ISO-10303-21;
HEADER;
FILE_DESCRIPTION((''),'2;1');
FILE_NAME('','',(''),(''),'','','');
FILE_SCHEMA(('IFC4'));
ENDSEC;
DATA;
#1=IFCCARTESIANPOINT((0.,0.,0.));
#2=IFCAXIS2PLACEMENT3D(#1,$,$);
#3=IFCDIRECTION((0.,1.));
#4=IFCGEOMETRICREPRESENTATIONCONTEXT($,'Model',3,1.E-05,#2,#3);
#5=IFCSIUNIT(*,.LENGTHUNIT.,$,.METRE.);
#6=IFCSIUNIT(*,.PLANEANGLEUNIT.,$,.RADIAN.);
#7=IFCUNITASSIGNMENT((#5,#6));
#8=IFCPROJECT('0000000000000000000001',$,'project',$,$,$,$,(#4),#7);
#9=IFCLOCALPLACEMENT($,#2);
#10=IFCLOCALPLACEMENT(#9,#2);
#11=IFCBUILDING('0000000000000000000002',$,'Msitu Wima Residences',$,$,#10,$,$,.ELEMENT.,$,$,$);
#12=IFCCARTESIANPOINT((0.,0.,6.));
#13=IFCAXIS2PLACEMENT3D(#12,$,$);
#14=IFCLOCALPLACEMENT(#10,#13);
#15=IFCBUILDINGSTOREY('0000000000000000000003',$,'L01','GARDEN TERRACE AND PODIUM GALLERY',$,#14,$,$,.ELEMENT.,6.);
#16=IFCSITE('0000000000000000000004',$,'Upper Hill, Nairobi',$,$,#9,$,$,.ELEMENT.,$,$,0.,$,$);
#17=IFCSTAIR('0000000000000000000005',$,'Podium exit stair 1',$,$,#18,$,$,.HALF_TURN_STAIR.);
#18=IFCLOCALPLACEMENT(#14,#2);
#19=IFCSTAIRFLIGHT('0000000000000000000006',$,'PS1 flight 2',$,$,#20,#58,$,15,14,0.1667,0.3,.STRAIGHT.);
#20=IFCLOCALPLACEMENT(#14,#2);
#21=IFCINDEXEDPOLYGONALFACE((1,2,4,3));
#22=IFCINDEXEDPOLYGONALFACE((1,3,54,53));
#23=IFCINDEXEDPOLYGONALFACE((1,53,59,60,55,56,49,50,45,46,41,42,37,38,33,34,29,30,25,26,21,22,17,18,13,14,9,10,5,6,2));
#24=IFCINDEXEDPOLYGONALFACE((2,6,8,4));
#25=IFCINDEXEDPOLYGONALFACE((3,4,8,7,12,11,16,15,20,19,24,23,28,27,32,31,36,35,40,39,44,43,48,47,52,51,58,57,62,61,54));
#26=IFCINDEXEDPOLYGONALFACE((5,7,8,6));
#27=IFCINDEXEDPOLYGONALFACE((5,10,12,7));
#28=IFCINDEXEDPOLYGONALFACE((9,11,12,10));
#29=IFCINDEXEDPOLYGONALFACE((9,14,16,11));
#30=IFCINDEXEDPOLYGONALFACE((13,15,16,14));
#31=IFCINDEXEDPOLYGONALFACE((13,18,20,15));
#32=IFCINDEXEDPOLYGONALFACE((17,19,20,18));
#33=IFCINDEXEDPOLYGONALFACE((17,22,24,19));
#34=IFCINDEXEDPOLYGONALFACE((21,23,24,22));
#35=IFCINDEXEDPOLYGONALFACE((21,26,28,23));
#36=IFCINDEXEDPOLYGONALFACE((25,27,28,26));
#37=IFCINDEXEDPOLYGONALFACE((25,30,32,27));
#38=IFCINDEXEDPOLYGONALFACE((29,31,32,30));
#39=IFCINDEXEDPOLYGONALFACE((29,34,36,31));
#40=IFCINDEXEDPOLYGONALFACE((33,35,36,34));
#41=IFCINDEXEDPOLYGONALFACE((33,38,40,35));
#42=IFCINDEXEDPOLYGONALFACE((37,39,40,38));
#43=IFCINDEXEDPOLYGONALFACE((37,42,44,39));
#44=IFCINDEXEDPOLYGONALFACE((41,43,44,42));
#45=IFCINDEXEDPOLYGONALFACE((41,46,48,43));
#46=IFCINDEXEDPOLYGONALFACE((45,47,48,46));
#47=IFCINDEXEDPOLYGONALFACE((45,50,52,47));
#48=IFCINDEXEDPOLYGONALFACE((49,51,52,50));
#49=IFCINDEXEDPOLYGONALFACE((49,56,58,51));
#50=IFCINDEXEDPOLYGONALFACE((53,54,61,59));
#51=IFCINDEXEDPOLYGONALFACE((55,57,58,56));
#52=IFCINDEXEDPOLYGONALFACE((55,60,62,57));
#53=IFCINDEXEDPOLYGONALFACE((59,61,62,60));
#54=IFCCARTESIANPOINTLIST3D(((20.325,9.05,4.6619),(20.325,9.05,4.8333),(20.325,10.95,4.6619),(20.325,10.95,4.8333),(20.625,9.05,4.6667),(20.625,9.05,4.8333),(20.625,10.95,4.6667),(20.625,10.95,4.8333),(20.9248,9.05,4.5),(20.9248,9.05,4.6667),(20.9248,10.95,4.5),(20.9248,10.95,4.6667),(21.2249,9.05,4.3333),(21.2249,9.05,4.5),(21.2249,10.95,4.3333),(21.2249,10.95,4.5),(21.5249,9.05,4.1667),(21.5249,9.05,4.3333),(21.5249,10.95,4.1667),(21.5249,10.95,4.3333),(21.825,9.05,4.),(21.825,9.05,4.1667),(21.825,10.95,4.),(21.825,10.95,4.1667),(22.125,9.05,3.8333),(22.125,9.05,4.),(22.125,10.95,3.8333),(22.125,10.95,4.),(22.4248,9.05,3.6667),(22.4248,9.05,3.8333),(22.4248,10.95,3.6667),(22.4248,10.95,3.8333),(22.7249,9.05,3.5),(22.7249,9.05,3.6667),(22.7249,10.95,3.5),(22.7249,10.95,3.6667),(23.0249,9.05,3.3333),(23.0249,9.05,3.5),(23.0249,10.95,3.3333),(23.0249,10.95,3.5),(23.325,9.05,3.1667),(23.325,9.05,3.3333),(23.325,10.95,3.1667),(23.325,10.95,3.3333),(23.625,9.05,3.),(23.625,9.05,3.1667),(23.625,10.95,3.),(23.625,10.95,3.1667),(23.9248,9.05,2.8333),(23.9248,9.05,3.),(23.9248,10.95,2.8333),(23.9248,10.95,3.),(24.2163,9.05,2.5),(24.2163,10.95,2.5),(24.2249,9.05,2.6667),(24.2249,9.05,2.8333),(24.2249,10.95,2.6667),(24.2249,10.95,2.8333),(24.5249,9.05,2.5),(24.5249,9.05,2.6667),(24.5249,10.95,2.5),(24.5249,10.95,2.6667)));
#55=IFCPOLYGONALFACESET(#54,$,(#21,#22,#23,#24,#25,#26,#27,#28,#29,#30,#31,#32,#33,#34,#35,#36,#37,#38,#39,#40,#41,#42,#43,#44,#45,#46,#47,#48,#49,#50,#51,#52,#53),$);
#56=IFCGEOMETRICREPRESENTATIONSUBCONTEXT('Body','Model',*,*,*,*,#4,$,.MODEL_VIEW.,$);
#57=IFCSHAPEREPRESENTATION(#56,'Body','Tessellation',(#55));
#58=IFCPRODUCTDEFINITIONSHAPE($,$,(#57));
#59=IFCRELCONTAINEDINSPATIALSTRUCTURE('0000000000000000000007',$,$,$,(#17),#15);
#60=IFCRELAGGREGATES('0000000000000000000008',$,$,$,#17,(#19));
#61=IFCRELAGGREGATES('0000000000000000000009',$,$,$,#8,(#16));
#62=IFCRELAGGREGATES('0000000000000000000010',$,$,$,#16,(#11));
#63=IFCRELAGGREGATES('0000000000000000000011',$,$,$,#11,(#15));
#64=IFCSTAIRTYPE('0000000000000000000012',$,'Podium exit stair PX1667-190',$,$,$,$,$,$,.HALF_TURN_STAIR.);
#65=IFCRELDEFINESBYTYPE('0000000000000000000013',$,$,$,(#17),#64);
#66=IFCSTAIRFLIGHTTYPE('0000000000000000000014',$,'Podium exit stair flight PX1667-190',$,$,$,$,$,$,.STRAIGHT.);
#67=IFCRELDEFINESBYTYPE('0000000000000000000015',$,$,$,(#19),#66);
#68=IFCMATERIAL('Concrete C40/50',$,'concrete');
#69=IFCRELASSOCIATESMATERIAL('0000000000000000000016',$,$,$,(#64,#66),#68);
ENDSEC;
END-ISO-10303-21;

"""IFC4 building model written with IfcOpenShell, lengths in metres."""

from ifc_helpers import new_model, si_unit, direction, frame, origin, place, context, subcontext, project, spatial, polyline, outline, extrude, material, type_object, element, aggregate, save


model = new_model("IFC4")

# Units and contexts
model_context = context("Model", 3, precision=1e-05, world=origin(), true_north=direction((0.0, 1.0)))
body_context = subcontext(model_context, "Body", "Model", "MODEL_VIEW")
ifc_project = project(units=[si_unit("LENGTHUNIT", "METRE"), si_unit("PLANEANGLEUNIT", "RADIAN")], contexts=[model_context])

# Site, building, storey
site_placement = place(None, origin())
site = spatial("IfcSite", under=ifc_project, at=site_placement, Name="Upper Hill, Nairobi", CompositionType="ELEMENT", RefElevation=0.0)
building_placement = place(site_placement, origin())
building = spatial("IfcBuilding", under=site, at=building_placement, Name="Msitu Wima Residences", CompositionType="ELEMENT")
storey_placement = place(building_placement, frame((0.0, 0.0, 6.0)))
storey = spatial("IfcBuildingStorey", under=building, at=storey_placement, Name="L01", Description="GARDEN TERRACE AND PODIUM GALLERY", CompositionType="ELEMENT", Elevation=6.0)

# Shared definitions
ifc_material_1 = material(Name="Concrete C40/50", Category="concrete")

# Stair, stair flight
stair_type = type_object("IfcStairType", Name="Podium exit stair PX1667-190", PredefinedType="HALF_TURN_STAIR", material=ifc_material_1)
stair_placement = place(storey_placement, origin())
stair = element("IfcStair", 1, at=stair_placement, inside=storey, type_object=stair_type, Name="Podium exit stair 1", PredefinedType="HALF_TURN_STAIR")
stair_flight_type = type_object("IfcStairFlightType", Name="Podium exit stair flight PX1667-190", PredefinedType="STRAIGHT", material=ifc_material_1)
stair_flight_placement = place(storey_placement, frame((24.5249, 10.0, 2.5), z_axis=(0.0, 0.0, 1.0), x_axis=(-1.0, 0.0, 0.0)))
stair_flight = element("IfcStairFlight", 2, at=stair_flight_placement, type_object=stair_flight_type, Name="PS1 flight 2", NumberOfRisers=15, NumberOfTreads=14, PredefinedType="STRAIGHT", RiserHeight=0.1667, TreadLength=0.3, context=body_context, shape_type="SweptSolid", body=[
    extrude(outline(polyline([(0.0, 0.0), (0.0, 0.1667), (0.3, 0.1667), (0.3, 0.3333), (0.6001, 0.3333), (0.6001, 0.5), (0.8999, 0.5), (0.8999, 0.6667), (1.2, 0.6667), (1.2, 0.8333), (1.5, 0.8333), (1.5, 1.0), (1.8, 1.0), (1.8, 1.1667), (2.1001, 1.1667), (2.1001, 1.3333), (2.3999, 1.3333), (2.3999, 1.5), (2.7, 1.5), (2.7, 1.6667), (3.0, 1.6667), (3.0, 1.8333), (3.3, 1.8333), (3.3, 2.0), (3.6001, 2.0), (3.6001, 2.1667), (3.8999, 2.1667), (3.8999, 2.3333), (4.2, 2.3333), (4.2, 2.5), (4.2, 2.1619), (0.3086, 0.0), (0.0, 0.0)])), frame((0.0, 0.95, 0.0), z_axis=(0.0, -1.0, 0.0), x_axis=(1.0, 0.0, 0.0)), (0.0, 0.0, 1.0), 1.8999),
])
aggregate(stair, [stair_flight])

save(model, "model.ifc")
